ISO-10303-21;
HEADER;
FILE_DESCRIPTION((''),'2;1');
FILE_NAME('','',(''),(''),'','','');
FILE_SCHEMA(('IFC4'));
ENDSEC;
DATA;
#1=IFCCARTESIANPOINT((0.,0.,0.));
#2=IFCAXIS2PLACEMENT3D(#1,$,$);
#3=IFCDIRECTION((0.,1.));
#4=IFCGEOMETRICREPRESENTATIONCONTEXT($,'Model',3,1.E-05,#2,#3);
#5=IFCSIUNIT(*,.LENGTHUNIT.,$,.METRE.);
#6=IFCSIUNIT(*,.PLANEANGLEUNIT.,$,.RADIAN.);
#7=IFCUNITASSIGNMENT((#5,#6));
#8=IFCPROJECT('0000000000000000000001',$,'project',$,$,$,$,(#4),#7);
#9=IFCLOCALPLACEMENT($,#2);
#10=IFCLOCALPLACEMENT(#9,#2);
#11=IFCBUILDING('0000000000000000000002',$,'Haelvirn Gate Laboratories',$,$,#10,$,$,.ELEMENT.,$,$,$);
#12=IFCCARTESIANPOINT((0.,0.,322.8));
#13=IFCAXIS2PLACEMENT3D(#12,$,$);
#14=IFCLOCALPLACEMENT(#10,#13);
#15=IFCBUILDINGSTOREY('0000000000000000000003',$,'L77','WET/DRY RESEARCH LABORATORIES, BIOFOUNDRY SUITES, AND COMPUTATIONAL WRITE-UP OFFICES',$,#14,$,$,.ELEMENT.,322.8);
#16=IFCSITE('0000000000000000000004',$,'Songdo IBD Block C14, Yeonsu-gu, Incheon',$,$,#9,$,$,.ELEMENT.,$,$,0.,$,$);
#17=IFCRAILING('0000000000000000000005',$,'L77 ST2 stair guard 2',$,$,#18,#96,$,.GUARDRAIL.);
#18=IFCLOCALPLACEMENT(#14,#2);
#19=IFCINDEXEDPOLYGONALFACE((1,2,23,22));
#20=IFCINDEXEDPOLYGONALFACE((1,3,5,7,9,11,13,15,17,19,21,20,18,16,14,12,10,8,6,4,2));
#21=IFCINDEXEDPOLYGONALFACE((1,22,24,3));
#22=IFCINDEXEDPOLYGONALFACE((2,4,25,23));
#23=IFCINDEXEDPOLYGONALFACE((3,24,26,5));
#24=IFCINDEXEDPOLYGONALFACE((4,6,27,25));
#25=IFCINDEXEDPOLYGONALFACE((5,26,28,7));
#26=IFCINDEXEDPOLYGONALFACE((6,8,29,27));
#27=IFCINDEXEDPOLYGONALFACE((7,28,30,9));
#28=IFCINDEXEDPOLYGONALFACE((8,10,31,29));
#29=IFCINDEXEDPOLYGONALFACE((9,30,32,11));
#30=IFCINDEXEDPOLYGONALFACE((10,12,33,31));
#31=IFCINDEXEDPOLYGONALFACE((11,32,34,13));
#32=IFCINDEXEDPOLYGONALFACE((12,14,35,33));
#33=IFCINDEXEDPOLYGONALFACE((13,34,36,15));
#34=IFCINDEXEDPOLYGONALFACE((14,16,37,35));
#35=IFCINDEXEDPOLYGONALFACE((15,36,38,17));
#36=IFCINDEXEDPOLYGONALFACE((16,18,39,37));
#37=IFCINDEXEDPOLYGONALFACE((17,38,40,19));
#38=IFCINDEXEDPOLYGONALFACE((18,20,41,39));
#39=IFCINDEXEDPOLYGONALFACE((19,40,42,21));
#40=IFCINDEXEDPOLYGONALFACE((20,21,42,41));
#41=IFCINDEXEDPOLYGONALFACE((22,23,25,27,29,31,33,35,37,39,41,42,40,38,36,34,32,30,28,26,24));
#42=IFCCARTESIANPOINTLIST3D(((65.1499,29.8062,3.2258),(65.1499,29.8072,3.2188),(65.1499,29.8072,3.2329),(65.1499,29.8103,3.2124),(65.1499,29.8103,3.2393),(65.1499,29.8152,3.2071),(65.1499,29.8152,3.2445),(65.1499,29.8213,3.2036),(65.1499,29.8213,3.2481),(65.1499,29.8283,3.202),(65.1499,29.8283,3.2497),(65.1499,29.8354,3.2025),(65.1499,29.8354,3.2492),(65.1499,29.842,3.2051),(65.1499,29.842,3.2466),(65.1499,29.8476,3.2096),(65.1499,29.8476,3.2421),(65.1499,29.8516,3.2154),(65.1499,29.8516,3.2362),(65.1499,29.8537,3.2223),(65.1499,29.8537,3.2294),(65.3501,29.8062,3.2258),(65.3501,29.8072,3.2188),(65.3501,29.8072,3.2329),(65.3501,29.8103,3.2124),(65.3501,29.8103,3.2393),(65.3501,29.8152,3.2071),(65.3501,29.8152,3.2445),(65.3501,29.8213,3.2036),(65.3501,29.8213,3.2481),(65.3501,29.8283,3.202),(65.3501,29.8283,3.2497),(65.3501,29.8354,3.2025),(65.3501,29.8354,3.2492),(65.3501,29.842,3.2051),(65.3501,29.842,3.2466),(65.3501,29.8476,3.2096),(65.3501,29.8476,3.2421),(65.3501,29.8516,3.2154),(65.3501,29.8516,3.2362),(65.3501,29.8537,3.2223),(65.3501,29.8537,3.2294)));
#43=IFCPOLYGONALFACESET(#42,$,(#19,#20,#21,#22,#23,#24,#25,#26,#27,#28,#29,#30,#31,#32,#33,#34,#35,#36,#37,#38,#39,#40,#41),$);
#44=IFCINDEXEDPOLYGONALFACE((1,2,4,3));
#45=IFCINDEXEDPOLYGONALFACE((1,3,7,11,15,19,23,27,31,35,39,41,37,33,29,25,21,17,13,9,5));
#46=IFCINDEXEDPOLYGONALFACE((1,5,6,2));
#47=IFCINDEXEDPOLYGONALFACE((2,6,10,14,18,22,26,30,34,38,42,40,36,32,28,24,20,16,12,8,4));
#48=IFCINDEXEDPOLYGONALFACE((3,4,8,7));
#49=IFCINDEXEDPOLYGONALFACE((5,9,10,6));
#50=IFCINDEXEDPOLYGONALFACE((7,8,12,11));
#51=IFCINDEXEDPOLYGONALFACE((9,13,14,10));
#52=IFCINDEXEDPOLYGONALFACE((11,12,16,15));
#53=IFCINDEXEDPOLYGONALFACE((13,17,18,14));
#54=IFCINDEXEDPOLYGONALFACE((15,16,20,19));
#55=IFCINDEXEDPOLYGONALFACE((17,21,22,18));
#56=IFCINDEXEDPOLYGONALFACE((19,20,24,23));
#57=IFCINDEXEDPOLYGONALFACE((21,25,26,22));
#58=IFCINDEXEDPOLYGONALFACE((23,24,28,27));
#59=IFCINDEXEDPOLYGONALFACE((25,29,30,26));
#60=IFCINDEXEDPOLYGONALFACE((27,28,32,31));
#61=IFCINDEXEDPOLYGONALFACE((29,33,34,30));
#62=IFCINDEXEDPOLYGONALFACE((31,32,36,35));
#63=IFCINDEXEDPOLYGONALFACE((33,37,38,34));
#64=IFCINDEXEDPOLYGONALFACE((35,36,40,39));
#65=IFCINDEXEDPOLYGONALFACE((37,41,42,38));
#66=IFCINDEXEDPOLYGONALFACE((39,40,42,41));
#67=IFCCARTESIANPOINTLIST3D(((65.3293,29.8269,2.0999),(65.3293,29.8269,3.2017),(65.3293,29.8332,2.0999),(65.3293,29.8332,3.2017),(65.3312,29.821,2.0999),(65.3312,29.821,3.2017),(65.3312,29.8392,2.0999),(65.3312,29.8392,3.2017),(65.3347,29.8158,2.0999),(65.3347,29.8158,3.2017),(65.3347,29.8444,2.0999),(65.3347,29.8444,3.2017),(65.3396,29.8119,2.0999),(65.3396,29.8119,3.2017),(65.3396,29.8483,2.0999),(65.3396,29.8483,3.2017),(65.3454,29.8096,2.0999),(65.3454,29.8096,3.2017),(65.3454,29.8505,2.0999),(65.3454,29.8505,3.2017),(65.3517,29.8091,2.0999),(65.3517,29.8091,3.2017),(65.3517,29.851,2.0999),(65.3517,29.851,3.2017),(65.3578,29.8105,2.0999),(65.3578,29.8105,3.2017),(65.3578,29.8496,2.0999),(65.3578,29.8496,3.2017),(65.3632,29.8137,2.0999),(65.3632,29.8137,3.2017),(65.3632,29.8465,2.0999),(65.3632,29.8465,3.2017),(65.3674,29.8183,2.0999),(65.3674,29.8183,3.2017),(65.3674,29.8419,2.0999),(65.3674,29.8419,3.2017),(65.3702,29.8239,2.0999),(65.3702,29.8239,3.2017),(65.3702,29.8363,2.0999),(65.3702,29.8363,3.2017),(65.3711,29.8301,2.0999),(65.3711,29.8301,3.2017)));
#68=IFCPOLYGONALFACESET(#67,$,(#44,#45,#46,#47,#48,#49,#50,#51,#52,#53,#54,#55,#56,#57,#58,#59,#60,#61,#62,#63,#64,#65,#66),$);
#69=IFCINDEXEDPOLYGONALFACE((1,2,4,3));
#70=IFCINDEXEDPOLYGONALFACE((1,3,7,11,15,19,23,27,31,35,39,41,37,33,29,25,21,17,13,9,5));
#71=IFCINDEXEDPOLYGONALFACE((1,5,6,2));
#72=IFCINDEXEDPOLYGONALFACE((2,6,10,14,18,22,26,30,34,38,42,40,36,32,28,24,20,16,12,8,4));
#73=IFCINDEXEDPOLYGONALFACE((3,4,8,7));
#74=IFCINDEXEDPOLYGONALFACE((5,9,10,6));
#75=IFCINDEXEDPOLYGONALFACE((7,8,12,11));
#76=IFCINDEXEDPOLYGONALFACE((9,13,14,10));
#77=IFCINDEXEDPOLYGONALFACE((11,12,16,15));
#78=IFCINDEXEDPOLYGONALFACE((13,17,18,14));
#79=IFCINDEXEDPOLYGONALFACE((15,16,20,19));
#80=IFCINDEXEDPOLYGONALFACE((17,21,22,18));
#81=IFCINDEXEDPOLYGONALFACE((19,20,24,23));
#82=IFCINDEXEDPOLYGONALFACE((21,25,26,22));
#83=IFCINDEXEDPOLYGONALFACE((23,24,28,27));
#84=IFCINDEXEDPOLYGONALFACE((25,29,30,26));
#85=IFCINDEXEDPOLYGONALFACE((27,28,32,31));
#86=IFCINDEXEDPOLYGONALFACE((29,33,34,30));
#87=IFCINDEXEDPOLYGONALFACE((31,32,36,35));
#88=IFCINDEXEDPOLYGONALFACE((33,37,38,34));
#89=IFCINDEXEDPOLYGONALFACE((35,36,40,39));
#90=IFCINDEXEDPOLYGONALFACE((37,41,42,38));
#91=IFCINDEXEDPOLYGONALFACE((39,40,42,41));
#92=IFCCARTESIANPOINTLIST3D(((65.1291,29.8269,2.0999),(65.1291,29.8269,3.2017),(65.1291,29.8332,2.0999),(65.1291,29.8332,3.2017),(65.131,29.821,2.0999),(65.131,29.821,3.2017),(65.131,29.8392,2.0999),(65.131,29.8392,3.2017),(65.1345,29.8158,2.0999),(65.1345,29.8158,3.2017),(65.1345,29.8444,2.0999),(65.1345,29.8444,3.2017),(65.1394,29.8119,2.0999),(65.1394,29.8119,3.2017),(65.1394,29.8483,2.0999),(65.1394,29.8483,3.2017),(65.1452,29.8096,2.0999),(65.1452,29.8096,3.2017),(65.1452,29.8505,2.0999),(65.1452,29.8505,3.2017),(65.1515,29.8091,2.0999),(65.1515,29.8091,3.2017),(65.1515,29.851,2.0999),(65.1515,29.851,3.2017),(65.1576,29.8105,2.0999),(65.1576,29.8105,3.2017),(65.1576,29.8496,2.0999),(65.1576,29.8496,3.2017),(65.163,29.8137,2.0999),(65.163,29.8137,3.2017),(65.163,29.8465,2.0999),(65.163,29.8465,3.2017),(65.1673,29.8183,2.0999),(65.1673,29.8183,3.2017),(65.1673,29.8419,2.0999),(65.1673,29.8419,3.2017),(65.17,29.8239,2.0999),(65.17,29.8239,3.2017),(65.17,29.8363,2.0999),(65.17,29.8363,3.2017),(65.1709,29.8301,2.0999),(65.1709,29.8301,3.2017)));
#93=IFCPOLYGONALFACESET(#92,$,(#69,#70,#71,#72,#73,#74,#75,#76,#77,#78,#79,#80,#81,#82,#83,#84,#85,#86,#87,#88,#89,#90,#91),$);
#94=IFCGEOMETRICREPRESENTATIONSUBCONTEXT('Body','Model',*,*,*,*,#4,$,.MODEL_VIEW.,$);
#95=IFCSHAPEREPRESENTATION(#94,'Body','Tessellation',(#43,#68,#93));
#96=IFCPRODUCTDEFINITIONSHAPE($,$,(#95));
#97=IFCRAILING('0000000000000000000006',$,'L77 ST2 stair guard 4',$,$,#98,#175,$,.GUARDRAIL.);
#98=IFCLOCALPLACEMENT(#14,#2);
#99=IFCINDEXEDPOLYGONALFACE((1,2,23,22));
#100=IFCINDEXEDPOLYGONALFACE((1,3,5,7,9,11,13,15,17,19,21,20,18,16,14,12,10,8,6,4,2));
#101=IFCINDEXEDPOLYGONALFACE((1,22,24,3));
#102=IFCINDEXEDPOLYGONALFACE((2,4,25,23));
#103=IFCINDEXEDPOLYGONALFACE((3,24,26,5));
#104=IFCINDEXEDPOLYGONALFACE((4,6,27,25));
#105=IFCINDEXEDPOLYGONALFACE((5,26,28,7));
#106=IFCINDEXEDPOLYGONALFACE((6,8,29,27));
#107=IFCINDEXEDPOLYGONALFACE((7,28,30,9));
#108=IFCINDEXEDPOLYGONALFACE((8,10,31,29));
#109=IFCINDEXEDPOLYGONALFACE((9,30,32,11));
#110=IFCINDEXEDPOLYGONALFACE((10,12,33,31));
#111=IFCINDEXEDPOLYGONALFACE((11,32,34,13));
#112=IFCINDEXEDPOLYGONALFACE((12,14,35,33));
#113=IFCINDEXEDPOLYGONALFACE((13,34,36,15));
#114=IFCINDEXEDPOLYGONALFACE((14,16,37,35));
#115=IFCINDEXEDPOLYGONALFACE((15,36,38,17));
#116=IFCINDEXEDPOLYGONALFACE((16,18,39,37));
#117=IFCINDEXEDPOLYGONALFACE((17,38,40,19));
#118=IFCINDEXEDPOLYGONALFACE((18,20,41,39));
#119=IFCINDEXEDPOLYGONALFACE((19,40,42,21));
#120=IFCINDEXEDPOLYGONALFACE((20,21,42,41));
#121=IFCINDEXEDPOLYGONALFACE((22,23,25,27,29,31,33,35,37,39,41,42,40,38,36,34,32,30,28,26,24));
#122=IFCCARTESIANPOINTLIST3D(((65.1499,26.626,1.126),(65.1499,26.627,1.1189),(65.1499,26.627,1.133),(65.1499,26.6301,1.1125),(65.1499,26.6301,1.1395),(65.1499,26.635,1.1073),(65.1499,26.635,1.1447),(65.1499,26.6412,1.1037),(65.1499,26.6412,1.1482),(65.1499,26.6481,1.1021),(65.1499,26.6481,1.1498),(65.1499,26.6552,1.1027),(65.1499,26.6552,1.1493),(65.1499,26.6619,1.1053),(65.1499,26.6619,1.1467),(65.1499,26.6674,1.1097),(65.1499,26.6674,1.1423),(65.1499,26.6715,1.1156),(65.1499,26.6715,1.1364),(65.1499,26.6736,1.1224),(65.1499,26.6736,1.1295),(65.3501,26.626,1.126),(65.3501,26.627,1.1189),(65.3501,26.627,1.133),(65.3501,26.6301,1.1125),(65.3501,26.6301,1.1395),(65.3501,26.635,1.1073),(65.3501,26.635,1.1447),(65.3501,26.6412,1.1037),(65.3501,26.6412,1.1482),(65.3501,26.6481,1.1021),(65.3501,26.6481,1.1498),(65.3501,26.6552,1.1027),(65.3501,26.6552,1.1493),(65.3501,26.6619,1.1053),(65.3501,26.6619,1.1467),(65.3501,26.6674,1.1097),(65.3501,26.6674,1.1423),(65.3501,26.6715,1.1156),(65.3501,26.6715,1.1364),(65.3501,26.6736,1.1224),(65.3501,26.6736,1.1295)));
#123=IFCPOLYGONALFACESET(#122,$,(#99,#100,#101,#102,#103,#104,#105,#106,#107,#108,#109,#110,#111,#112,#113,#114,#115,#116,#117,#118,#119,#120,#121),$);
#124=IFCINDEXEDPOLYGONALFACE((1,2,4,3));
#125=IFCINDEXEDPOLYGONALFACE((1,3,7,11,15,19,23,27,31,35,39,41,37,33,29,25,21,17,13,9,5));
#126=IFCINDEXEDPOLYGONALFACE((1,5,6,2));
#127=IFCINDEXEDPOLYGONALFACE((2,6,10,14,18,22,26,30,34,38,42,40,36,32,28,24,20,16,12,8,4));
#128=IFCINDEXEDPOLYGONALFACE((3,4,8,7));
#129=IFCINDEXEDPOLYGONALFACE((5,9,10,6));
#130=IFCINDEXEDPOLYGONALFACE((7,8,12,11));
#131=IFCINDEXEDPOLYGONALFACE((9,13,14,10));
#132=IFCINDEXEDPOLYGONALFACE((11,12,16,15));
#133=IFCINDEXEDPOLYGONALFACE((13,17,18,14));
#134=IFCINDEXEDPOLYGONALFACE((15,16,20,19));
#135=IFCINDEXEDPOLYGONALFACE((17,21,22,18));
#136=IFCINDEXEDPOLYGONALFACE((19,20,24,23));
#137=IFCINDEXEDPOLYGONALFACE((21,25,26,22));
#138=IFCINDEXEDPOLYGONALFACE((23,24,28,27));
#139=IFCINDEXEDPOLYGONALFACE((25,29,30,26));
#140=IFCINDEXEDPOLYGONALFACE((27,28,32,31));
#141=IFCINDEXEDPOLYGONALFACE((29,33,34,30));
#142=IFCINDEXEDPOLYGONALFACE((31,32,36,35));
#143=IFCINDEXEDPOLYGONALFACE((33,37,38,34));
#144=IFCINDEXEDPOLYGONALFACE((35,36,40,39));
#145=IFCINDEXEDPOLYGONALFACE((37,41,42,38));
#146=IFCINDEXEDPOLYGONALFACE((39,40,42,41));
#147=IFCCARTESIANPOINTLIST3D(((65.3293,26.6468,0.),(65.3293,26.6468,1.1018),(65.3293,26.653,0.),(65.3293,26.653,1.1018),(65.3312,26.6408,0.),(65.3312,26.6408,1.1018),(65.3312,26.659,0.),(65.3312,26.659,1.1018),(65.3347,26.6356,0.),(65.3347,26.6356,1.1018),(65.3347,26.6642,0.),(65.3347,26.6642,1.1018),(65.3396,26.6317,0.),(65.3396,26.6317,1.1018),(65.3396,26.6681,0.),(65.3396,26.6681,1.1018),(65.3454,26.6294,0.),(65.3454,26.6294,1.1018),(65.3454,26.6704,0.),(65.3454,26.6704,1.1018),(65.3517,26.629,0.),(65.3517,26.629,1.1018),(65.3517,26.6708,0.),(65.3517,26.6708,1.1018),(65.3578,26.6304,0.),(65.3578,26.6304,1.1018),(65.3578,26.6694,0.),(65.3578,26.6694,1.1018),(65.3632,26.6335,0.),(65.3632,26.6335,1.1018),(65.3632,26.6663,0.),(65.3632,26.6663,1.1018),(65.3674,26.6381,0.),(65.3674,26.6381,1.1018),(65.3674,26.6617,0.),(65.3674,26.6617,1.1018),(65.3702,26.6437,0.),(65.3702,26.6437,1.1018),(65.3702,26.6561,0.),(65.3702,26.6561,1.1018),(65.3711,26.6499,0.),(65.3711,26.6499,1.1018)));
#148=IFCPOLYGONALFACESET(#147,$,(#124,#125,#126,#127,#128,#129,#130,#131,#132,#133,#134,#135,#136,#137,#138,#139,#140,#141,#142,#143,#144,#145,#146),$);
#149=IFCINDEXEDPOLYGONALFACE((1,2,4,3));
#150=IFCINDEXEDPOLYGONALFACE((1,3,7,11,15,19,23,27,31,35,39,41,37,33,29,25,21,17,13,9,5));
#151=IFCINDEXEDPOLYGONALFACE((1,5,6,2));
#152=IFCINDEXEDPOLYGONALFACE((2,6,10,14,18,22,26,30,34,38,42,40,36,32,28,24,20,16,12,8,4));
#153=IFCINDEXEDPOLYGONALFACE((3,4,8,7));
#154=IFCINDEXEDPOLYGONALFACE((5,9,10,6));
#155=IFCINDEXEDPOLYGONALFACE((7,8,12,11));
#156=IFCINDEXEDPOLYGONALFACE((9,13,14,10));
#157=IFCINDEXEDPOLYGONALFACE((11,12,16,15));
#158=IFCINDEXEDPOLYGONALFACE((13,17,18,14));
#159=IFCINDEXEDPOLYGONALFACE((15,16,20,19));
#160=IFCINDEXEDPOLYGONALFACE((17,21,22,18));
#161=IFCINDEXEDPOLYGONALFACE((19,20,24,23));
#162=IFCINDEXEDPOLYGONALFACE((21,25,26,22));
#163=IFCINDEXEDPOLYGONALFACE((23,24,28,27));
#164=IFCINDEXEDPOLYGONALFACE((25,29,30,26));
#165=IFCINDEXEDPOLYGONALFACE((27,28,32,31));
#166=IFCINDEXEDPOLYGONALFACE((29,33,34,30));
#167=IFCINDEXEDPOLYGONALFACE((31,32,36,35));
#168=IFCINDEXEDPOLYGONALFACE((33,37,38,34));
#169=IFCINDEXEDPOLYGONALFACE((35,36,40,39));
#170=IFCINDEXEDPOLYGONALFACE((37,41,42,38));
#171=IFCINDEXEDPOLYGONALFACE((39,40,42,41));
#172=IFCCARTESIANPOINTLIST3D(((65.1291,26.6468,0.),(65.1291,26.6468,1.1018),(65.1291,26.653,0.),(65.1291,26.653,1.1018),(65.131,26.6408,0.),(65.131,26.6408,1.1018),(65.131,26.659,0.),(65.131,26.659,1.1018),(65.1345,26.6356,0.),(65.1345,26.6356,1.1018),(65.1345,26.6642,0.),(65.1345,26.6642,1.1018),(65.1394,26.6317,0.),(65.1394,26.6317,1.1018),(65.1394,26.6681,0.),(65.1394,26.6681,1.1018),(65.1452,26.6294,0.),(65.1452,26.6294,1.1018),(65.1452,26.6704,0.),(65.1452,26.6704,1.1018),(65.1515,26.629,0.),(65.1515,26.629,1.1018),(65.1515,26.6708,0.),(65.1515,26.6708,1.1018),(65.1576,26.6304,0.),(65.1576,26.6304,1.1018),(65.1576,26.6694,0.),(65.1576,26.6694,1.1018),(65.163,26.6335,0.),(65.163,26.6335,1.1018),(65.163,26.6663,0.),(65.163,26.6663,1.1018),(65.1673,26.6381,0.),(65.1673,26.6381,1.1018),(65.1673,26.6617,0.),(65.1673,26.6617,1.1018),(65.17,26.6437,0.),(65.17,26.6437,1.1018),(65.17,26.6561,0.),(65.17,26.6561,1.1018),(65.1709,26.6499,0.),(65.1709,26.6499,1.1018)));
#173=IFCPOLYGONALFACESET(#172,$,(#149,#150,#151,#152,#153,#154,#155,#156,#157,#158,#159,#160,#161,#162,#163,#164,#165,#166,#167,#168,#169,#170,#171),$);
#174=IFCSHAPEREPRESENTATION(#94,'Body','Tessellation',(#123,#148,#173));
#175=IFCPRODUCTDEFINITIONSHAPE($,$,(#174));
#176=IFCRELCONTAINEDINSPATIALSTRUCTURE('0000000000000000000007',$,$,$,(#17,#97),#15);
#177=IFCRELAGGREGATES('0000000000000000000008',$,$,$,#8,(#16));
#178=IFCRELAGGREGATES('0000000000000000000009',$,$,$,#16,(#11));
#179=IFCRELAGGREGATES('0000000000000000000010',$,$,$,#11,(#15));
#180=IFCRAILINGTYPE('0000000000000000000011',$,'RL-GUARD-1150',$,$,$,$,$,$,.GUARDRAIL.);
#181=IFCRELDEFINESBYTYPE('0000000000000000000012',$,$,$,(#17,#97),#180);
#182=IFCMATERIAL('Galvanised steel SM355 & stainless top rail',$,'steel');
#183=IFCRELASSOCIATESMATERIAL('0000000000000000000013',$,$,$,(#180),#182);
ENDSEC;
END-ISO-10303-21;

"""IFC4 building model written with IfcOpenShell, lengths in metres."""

from ifc_helpers import new_model, si_unit, direction, frame, origin, origin_2d, place, context, subcontext, project, spatial, circle, extrude, source, transform, mapped, material, type_object, element, save


model = new_model("IFC4")

# Units and contexts
model_context = context("Model", 3, precision=1e-05, world=origin(), true_north=direction((0.0, 1.0)))
body_context = subcontext(model_context, "Body", "Model", "MODEL_VIEW")
ifc_project = project(units=[si_unit("LENGTHUNIT", "METRE"), si_unit("PLANEANGLEUNIT", "RADIAN")], contexts=[model_context])

# Site, building, storey
site_placement = place(None, origin())
site = spatial("IfcSite", under=ifc_project, at=site_placement, Name="Songdo IBD Block C14, Yeonsu-gu, Incheon", CompositionType="ELEMENT", RefElevation=0.0)
building_placement = place(site_placement, origin())
building = spatial("IfcBuilding", under=site, at=building_placement, Name="Haelvirn Gate Laboratories", CompositionType="ELEMENT")
storey_placement = place(building_placement, frame((0.0, 0.0, 322.8)))
storey = spatial("IfcBuildingStorey", under=building, at=storey_placement, Name="L77", Description="WET/DRY RESEARCH LABORATORIES, BIOFOUNDRY SUITES, AND COMPUTATIONAL WRITE-UP OFFICES", CompositionType="ELEMENT", Elevation=322.8)

# Railings
ifc_material_1 = material(Name="Galvanised steel SM355 & stainless top rail", Category="steel")
railing_type_1 = type_object("IfcRailingType", Name="RL-GUARD-1150", PredefinedType="GUARDRAIL", material=ifc_material_1)
shared_shape_1 = source(origin(), body_context, "Body", "SweptSolid", [
    extrude(circle(Radius=0.0239, at=origin_2d()), frame((0.0, 0.0, 1.126), z_axis=(-1.0, 0.0, 0.0), x_axis=(0.0, -1.0, 0.0)), (0.0, 0.0, 1.0), 0.2002),
    extrude(circle(Radius=0.021, at=origin_2d()), origin(), (0.0, 0.0, 1.0), 1.1018),
    extrude(circle(Radius=0.021, at=origin_2d()), frame((-0.2002, 0.0, 0.0)), (0.0, 0.0, 1.0), 1.1018),
])
for number, where, name in (
    (1, (65.3501, 29.8301, 2.0999), "L77 ST2 stair guard 2"),
    (2, (65.3501, 26.6499, 0.0), "L77 ST2 stair guard 4"),
):
    element("IfcRailing", number, at=place(storey_placement, frame(where)), inside=storey, type_object=railing_type_1, Name=name, PredefinedType="GUARDRAIL", context=body_context, shape_type="MappedRepresentation", body=[
        mapped(shared_shape_1, transform((0.0, 0.0, 0.0), scale=1.0)),
    ])

save(model, "model.ifc")
